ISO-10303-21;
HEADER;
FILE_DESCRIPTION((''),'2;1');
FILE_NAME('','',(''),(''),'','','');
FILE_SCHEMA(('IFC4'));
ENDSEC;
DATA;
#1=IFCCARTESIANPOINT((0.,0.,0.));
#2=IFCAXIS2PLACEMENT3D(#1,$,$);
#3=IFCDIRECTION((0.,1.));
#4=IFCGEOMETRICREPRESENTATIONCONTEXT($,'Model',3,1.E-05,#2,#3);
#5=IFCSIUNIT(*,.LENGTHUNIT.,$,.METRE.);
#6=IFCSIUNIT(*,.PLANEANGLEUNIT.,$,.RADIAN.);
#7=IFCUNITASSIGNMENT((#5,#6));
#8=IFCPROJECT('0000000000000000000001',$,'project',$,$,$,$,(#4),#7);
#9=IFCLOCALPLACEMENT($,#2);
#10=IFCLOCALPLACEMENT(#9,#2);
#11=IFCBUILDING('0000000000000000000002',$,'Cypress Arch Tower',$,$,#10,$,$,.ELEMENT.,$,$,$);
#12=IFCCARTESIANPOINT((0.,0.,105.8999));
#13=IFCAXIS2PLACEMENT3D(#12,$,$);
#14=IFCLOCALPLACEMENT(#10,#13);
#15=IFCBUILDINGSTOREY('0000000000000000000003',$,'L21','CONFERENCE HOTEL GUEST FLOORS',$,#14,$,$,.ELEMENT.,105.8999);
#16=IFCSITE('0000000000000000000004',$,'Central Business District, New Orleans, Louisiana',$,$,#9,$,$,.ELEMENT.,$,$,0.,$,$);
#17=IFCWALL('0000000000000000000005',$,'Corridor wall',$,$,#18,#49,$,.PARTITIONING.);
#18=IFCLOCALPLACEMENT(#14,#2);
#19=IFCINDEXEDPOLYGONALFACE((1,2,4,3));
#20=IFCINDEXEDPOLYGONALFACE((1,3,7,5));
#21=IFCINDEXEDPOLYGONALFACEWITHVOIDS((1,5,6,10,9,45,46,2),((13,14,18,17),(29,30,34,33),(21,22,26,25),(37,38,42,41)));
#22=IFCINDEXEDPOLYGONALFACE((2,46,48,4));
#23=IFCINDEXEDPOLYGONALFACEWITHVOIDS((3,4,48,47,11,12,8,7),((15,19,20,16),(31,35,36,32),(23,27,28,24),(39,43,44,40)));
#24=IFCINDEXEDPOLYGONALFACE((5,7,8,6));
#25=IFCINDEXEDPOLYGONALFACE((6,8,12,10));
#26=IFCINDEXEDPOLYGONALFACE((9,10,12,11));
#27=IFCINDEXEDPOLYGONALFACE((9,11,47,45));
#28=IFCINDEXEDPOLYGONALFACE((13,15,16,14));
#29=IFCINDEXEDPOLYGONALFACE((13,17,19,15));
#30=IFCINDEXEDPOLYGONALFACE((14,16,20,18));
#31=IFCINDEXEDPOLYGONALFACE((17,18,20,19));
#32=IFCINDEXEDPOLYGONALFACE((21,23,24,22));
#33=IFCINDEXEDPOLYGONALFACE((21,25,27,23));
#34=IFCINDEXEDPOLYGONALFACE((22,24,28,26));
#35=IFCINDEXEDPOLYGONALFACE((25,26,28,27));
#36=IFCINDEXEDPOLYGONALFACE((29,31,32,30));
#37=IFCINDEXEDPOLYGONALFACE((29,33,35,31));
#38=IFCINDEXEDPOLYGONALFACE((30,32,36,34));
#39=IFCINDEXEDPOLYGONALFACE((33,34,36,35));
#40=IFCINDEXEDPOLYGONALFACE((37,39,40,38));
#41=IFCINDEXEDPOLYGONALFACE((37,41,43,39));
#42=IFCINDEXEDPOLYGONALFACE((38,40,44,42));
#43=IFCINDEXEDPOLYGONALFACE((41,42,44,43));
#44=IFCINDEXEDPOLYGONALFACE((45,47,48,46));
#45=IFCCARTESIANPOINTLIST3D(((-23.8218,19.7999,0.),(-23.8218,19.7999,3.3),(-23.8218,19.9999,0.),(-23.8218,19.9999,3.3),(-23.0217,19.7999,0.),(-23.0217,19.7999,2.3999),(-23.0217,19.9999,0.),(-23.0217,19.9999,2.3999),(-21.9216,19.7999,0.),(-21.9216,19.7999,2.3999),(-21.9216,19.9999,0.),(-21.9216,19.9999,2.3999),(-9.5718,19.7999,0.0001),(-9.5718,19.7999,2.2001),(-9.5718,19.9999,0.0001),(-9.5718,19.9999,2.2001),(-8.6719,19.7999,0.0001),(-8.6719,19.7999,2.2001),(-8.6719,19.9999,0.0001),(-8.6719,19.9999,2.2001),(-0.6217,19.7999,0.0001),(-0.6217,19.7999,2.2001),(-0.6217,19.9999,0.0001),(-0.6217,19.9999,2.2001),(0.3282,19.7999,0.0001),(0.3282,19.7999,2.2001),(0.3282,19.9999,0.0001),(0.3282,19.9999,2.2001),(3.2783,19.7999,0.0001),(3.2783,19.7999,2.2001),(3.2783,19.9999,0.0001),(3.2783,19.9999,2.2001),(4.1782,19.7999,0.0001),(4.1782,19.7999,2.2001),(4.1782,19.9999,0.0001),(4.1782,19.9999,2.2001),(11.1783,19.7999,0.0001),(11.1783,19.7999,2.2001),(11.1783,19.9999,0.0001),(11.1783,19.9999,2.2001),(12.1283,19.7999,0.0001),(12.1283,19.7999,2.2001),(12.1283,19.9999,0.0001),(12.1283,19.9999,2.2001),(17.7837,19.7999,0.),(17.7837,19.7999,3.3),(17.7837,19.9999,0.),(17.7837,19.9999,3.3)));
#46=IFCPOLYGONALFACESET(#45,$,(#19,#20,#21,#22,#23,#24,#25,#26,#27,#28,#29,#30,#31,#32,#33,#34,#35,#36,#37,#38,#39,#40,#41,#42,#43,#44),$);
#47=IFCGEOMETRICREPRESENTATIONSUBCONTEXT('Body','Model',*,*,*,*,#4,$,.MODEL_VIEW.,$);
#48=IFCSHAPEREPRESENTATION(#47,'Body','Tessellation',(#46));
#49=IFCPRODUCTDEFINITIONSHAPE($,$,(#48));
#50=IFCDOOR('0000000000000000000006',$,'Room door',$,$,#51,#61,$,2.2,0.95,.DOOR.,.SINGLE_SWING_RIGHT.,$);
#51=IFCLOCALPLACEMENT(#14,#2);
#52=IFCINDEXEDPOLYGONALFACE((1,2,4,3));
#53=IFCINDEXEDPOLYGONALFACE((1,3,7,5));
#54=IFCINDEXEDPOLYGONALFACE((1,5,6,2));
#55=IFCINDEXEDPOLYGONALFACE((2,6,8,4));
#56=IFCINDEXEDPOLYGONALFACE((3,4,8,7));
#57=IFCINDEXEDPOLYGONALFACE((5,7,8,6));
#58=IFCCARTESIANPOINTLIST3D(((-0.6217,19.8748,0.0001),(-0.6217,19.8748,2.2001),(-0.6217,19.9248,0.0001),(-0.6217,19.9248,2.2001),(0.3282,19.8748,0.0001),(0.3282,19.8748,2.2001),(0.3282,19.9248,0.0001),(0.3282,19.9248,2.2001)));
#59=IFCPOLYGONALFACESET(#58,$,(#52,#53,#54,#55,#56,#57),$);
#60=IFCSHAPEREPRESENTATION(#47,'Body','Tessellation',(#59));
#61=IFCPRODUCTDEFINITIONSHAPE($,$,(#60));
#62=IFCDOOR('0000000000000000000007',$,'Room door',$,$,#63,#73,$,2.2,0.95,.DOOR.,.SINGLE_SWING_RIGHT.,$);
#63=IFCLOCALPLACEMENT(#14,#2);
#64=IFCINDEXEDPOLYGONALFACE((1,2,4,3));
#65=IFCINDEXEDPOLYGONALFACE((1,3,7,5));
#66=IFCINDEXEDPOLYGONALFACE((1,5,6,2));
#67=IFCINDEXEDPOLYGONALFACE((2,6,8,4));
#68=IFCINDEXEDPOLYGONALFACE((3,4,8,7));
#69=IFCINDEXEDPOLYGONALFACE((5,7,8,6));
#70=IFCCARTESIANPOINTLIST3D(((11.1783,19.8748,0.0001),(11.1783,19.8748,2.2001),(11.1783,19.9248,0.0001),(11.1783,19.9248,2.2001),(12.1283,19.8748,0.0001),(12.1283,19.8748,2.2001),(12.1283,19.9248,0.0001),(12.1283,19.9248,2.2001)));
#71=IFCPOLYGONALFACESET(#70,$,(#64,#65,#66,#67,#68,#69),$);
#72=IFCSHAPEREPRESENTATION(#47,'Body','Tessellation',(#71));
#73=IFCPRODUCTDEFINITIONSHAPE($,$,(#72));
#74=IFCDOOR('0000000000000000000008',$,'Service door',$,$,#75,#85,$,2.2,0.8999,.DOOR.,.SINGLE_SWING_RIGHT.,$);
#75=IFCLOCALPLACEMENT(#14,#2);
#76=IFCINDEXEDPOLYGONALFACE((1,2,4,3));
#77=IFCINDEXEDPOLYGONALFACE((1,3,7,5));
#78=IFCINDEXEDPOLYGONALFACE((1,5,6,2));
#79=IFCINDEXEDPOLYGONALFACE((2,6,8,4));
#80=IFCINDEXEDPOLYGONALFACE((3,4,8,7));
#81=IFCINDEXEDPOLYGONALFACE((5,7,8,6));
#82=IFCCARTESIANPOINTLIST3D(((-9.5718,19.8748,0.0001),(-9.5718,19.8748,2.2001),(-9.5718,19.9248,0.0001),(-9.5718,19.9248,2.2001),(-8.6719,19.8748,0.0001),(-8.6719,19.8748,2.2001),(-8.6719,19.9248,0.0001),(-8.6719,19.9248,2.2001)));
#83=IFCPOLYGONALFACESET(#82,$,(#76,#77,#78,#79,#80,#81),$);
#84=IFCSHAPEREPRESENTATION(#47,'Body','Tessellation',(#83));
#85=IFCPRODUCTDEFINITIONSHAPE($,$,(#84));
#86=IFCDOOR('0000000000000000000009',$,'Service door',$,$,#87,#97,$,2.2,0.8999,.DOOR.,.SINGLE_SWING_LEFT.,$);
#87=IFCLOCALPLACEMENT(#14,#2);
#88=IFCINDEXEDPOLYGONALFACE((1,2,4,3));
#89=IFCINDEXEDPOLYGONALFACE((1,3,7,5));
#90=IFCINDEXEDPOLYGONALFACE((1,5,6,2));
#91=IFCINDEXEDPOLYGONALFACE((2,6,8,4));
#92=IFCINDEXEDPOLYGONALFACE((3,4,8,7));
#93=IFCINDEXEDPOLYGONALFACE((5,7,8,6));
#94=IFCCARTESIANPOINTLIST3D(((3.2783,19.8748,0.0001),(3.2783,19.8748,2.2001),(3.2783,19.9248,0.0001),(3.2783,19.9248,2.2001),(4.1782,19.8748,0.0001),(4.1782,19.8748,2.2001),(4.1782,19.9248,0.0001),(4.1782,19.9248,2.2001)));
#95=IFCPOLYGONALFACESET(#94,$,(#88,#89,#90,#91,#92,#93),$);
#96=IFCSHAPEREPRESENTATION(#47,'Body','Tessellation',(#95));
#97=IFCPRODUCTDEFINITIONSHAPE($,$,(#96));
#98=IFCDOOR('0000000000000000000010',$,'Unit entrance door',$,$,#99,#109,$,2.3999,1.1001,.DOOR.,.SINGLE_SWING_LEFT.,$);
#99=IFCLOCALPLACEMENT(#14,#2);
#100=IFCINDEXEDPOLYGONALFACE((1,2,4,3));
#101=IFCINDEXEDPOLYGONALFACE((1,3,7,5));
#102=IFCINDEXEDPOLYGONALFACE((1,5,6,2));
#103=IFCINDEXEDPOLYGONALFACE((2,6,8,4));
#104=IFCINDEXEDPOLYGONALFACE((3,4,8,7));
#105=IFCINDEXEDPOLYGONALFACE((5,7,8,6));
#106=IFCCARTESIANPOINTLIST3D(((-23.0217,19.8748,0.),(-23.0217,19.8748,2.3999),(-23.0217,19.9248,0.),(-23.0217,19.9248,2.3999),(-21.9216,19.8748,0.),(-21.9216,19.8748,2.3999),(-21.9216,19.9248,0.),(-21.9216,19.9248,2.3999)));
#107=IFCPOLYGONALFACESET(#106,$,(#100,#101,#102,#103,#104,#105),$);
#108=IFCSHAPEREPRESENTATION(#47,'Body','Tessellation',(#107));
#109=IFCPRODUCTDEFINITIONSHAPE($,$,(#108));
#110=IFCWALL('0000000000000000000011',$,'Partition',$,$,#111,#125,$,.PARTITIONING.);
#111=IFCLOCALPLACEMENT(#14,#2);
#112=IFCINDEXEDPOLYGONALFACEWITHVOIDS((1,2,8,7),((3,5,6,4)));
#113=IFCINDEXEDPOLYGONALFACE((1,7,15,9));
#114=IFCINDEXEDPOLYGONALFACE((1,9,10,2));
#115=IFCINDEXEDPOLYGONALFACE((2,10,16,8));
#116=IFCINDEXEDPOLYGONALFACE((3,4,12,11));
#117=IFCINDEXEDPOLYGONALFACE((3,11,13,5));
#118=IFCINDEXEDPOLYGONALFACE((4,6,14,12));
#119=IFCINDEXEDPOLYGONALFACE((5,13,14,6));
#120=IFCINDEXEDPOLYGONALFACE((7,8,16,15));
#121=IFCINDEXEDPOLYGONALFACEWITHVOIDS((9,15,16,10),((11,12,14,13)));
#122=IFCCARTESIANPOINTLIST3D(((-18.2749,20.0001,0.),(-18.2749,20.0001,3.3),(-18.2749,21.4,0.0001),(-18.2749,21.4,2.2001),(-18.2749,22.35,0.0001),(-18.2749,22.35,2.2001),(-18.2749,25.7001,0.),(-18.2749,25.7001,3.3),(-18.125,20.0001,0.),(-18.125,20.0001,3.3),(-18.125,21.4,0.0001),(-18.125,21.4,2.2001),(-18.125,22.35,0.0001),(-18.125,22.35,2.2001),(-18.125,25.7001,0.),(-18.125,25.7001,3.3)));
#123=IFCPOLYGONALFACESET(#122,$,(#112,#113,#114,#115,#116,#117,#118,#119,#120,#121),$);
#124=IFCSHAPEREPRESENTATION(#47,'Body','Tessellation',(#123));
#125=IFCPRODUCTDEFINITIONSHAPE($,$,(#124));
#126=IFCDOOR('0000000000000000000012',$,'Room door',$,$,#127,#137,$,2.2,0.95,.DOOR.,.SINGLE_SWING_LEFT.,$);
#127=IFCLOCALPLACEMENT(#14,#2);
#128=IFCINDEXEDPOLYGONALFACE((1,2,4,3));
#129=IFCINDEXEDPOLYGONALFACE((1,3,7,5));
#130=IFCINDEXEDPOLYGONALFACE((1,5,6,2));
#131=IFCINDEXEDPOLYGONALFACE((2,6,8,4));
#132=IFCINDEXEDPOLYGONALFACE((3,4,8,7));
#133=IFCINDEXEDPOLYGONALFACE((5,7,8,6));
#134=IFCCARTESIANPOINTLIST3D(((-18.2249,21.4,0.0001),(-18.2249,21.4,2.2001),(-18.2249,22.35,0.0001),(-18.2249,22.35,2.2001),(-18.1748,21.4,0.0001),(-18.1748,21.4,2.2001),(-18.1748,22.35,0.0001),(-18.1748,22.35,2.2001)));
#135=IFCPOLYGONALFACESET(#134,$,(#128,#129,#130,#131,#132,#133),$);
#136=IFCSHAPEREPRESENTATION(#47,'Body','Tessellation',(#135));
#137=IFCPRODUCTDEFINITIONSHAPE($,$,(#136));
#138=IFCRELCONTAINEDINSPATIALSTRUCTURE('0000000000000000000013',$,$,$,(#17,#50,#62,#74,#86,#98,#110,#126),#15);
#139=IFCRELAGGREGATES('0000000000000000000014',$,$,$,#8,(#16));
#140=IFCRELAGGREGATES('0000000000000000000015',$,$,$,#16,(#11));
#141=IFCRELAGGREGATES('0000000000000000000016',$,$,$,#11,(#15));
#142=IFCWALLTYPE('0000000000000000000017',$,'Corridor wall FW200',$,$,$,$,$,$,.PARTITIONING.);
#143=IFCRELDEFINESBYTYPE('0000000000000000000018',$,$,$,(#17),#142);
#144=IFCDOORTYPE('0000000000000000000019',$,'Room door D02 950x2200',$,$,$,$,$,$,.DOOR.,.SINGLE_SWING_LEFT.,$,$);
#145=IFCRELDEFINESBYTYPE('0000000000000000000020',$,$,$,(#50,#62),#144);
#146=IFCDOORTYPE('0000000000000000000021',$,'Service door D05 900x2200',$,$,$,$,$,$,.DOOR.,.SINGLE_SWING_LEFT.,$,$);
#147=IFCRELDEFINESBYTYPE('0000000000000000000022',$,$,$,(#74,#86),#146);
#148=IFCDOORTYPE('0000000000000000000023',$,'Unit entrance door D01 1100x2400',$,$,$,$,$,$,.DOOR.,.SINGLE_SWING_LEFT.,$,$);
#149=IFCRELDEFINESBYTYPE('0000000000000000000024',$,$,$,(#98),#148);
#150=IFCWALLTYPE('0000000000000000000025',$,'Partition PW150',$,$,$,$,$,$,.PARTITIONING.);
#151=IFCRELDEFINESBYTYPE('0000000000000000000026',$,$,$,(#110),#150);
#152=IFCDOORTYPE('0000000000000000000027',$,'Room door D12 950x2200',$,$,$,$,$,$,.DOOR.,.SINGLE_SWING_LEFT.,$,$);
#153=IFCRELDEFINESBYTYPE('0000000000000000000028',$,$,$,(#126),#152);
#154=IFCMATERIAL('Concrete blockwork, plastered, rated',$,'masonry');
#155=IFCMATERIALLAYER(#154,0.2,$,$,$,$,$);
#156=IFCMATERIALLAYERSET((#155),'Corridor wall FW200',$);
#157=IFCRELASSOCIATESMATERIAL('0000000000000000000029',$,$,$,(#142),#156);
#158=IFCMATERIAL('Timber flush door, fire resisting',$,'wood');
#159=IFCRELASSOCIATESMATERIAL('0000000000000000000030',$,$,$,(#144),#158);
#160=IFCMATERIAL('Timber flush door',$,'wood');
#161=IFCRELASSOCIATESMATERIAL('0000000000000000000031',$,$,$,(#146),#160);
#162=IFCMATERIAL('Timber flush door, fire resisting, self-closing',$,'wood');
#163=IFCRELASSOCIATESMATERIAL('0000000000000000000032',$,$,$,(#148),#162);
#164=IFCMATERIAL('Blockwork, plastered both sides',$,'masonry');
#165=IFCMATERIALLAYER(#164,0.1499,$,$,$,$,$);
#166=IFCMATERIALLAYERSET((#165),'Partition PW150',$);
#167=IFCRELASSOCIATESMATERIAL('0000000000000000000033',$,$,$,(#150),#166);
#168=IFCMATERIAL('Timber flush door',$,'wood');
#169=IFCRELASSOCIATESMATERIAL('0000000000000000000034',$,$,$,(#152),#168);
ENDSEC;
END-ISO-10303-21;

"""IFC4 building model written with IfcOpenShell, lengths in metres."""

from ifc_helpers import new_model, si_unit, direction, frame, frame_2d, origin, place, context, subcontext, project, spatial, rectangle, extrude, material, layer, layer_set, type_object, element, fill, save


model = new_model("IFC4")

# Units and contexts
model_context = context("Model", 3, precision=1e-05, world=origin(), true_north=direction((0.0, 1.0)))
body_context = subcontext(model_context, "Body", "Model", "MODEL_VIEW")
ifc_project = project(units=[si_unit("LENGTHUNIT", "METRE"), si_unit("PLANEANGLEUNIT", "RADIAN")], contexts=[model_context])

# Site, building, storey
site_placement = place(None, origin())
site = spatial("IfcSite", under=ifc_project, at=site_placement, Name="Central Business District, New Orleans, Louisiana", CompositionType="ELEMENT", RefElevation=0.0)
building_placement = place(site_placement, origin())
building = spatial("IfcBuilding", under=site, at=building_placement, Name="Cypress Arch Tower", CompositionType="ELEMENT")
storey_placement = place(building_placement, frame((0.0, 0.0, 105.8999)))
storey = spatial("IfcBuildingStorey", under=building, at=storey_placement, Name="L21", Description="CONFERENCE HOTEL GUEST FLOORS", CompositionType="ELEMENT", Elevation=105.8999)

# Wall, openings, doors
ifc_material_1 = material(Name="Concrete blockwork, plastered, rated", Category="masonry")
ifc_layer_1 = layer(ifc_material_1, 0.2)
ifc_layer_set_1 = layer_set([ifc_layer_1], Name="Corridor wall FW200")
wall_type_1 = type_object("IfcWallType", Name="Corridor wall FW200", PredefinedType="PARTITIONING", material=ifc_layer_set_1)
wall_1_placement = place(storey_placement, frame((-23.8218, 19.8999, 0.0), z_axis=(0.0, 0.0, 1.0), x_axis=(1.0, 0.0, 0.0)))
wall_1 = element("IfcWall", 1, at=wall_1_placement, inside=storey, type_object=wall_type_1, Name="Corridor wall", PredefinedType="PARTITIONING", context=body_context, shape_type="SweptSolid", body=[
    extrude(rectangle(XDim=41.6055, YDim=0.2, at=frame_2d((20.8027, 0.0))), origin(), (0.0, 0.0, 1.0), 3.3),
])
opening_1_placement = place(wall_1_placement, frame((14.25, 0.0, 0.0)))
opening_1 = element("IfcOpeningElement", 2, at=opening_1_placement, cuts=wall_1, PredefinedType="OPENING", context=body_context, shape_type="SweptSolid", body=[
    extrude(rectangle(XDim=0.8999, YDim=2.2, at=frame_2d((0.45, 1.1001))), frame((0.0, 0.1099, 0.0), z_axis=(0.0, -1.0, 0.0), x_axis=(1.0, 0.0, 0.0)), (0.0, 0.0, 1.0), 0.22),
])
opening_2_placement = place(wall_1_placement, frame((27.1001, 0.0, 0.0)))
opening_2 = element("IfcOpeningElement", 3, at=opening_2_placement, cuts=wall_1, PredefinedType="OPENING", context=body_context, shape_type="SweptSolid", body=[
    extrude(rectangle(XDim=0.8999, YDim=2.2, at=frame_2d((0.45, 1.1001))), frame((0.0, 0.1099, 0.0), z_axis=(0.0, -1.0, 0.0), x_axis=(1.0, 0.0, 0.0)), (0.0, 0.0, 1.0), 0.22),
])
opening_3_placement = place(wall_1_placement, frame((0.8, 0.0, 0.0)))
opening_3 = element("IfcOpeningElement", 4, at=opening_3_placement, cuts=wall_1, PredefinedType="OPENING", context=body_context, shape_type="SweptSolid", body=[
    extrude(rectangle(XDim=1.1001, YDim=2.3999, at=frame_2d((0.55, 1.2))), frame((0.0, 0.1099, 0.0), z_axis=(0.0, -1.0, 0.0), x_axis=(1.0, 0.0, 0.0)), (0.0, 0.0, 1.0), 0.22),
])
opening_4_placement = place(wall_1_placement, frame((23.2, 0.0, 0.0)))
opening_4 = element("IfcOpeningElement", 5, at=opening_4_placement, cuts=wall_1, PredefinedType="OPENING", context=body_context, shape_type="SweptSolid", body=[
    extrude(rectangle(XDim=0.95, YDim=2.2, at=frame_2d((0.4751, 1.1001))), frame((0.0, 0.1099, 0.0), z_axis=(0.0, -1.0, 0.0), x_axis=(1.0, 0.0, 0.0)), (0.0, 0.0, 1.0), 0.22),
])
opening_5_placement = place(wall_1_placement, frame((35.0, 0.0, 0.0)))
opening_5 = element("IfcOpeningElement", 6, at=opening_5_placement, cuts=wall_1, PredefinedType="OPENING", context=body_context, shape_type="SweptSolid", body=[
    extrude(rectangle(XDim=0.95, YDim=2.2, at=frame_2d((0.4751, 1.1001))), frame((0.0, 0.1099, 0.0), z_axis=(0.0, -1.0, 0.0), x_axis=(1.0, 0.0, 0.0)), (0.0, 0.0, 1.0), 0.22),
])
ifc_material_2 = material(Name="Timber flush door, fire resisting", Category="wood")
door_type_1 = type_object("IfcDoorType", Name="Room door D02 950x2200", OperationType="SINGLE_SWING_LEFT", PredefinedType="DOOR", material=ifc_material_2)
door_1_placement = place(opening_4_placement, origin())
door_1 = element("IfcDoor", 7, at=door_1_placement, inside=storey, type_object=door_type_1, Name="Room door", OperationType="SINGLE_SWING_RIGHT", OverallHeight=2.2, OverallWidth=0.95, PredefinedType="DOOR", context=body_context, shape_type="SweptSolid", body=[
    extrude(rectangle(XDim=0.95, YDim=2.2, at=frame_2d((0.4751, 1.1001))), frame((0.0, 0.0249, 0.0), z_axis=(0.0, -1.0, 0.0), x_axis=(1.0, 0.0, 0.0)), (0.0, 0.0, 1.0), 0.05),
])
fill(opening_4, door_1)
door_2_placement = place(opening_5_placement, origin())
door_2 = element("IfcDoor", 8, at=door_2_placement, inside=storey, type_object=door_type_1, Name="Room door", OperationType="SINGLE_SWING_RIGHT", OverallHeight=2.2, OverallWidth=0.95, PredefinedType="DOOR", context=body_context, shape_type="SweptSolid", body=[
    extrude(rectangle(XDim=0.95, YDim=2.2, at=frame_2d((0.4751, 1.1001))), frame((0.0, 0.0249, 0.0), z_axis=(0.0, -1.0, 0.0), x_axis=(1.0, 0.0, 0.0)), (0.0, 0.0, 1.0), 0.05),
])
fill(opening_5, door_2)
ifc_material_3 = material(Name="Timber flush door", Category="wood")
door_type_2 = type_object("IfcDoorType", Name="Service door D05 900x2200", OperationType="SINGLE_SWING_LEFT", PredefinedType="DOOR", material=ifc_material_3)
door_3_placement = place(opening_1_placement, origin())
door_3 = element("IfcDoor", 9, at=door_3_placement, inside=storey, type_object=door_type_2, Name="Service door", OperationType="SINGLE_SWING_RIGHT", OverallHeight=2.2, OverallWidth=0.8999, PredefinedType="DOOR", context=body_context, shape_type="SweptSolid", body=[
    extrude(rectangle(XDim=0.8999, YDim=2.2, at=frame_2d((0.45, 1.1001))), frame((0.0, 0.0249, 0.0), z_axis=(0.0, -1.0, 0.0), x_axis=(1.0, 0.0, 0.0)), (0.0, 0.0, 1.0), 0.05),
])
fill(opening_1, door_3)
door_4_placement = place(opening_2_placement, origin())
door_4 = element("IfcDoor", 10, at=door_4_placement, inside=storey, type_object=door_type_2, Name="Service door", OperationType="SINGLE_SWING_LEFT", OverallHeight=2.2, OverallWidth=0.8999, PredefinedType="DOOR", context=body_context, shape_type="SweptSolid", body=[
    extrude(rectangle(XDim=0.8999, YDim=2.2, at=frame_2d((0.45, 1.1001))), frame((0.0, 0.0249, 0.0), z_axis=(0.0, -1.0, 0.0), x_axis=(1.0, 0.0, 0.0)), (0.0, 0.0, 1.0), 0.05),
])
fill(opening_2, door_4)
ifc_material_4 = material(Name="Timber flush door, fire resisting, self-closing", Category="wood")
door_type_3 = type_object("IfcDoorType", Name="Unit entrance door D01 1100x2400", OperationType="SINGLE_SWING_LEFT", PredefinedType="DOOR", material=ifc_material_4)
door_5_placement = place(opening_3_placement, origin())
door_5 = element("IfcDoor", 11, at=door_5_placement, inside=storey, type_object=door_type_3, Name="Unit entrance door", OperationType="SINGLE_SWING_LEFT", OverallHeight=2.3999, OverallWidth=1.1001, PredefinedType="DOOR", context=body_context, shape_type="SweptSolid", body=[
    extrude(rectangle(XDim=1.1001, YDim=2.3999, at=frame_2d((0.55, 1.2))), frame((0.0, 0.0249, 0.0), z_axis=(0.0, -1.0, 0.0), x_axis=(1.0, 0.0, 0.0)), (0.0, 0.0, 1.0), 0.05),
])
fill(opening_3, door_5)

# Wall, opening, door
ifc_material_5 = material(Name="Blockwork, plastered both sides", Category="masonry")
ifc_layer_2 = layer(ifc_material_5, 0.1499)
ifc_layer_set_2 = layer_set([ifc_layer_2], Name="Partition PW150")
wall_type_2 = type_object("IfcWallType", Name="Partition PW150", PredefinedType="PARTITIONING", material=ifc_layer_set_2)
wall_2_placement = place(storey_placement, frame((-18.2, 20.0, 0.0), z_axis=(0.0, 0.0, 1.0), x_axis=(0.0, 1.0, 0.0)))
wall_2 = element("IfcWall", 12, at=wall_2_placement, inside=storey, type_object=wall_type_2, Name="Partition", PredefinedType="PARTITIONING", context=body_context, shape_type="SweptSolid", body=[
    extrude(rectangle(XDim=5.7, YDim=0.1499, at=frame_2d((2.8501, 0.0))), origin(), (0.0, 0.0, 1.0), 3.3),
])
opening_6_placement = place(wall_2_placement, frame((1.3999, 0.0, 0.0)))
opening_6 = element("IfcOpeningElement", 13, at=opening_6_placement, cuts=wall_2, PredefinedType="OPENING", context=body_context, shape_type="SweptSolid", body=[
    extrude(rectangle(XDim=0.95, YDim=2.2, at=frame_2d((0.4751, 1.1001))), frame((0.0, 0.085, 0.0), z_axis=(0.0, -1.0, 0.0), x_axis=(1.0, 0.0, 0.0)), (0.0, 0.0, 1.0), 0.1699),
])
ifc_material_6 = material(Name="Timber flush door", Category="wood")
door_type_4 = type_object("IfcDoorType", Name="Room door D12 950x2200", OperationType="SINGLE_SWING_LEFT", PredefinedType="DOOR", material=ifc_material_6)
door_6_placement = place(opening_6_placement, origin())
door_6 = element("IfcDoor", 14, at=door_6_placement, inside=storey, type_object=door_type_4, Name="Room door", OperationType="SINGLE_SWING_LEFT", OverallHeight=2.2, OverallWidth=0.95, PredefinedType="DOOR", context=body_context, shape_type="SweptSolid", body=[
    extrude(rectangle(XDim=0.95, YDim=2.2, at=frame_2d((0.4751, 1.1001))), frame((0.0, 0.0249, 0.0), z_axis=(0.0, -1.0, 0.0), x_axis=(1.0, 0.0, 0.0)), (0.0, 0.0, 1.0), 0.05),
])
fill(opening_6, door_6)

save(model, "model.ifc")
